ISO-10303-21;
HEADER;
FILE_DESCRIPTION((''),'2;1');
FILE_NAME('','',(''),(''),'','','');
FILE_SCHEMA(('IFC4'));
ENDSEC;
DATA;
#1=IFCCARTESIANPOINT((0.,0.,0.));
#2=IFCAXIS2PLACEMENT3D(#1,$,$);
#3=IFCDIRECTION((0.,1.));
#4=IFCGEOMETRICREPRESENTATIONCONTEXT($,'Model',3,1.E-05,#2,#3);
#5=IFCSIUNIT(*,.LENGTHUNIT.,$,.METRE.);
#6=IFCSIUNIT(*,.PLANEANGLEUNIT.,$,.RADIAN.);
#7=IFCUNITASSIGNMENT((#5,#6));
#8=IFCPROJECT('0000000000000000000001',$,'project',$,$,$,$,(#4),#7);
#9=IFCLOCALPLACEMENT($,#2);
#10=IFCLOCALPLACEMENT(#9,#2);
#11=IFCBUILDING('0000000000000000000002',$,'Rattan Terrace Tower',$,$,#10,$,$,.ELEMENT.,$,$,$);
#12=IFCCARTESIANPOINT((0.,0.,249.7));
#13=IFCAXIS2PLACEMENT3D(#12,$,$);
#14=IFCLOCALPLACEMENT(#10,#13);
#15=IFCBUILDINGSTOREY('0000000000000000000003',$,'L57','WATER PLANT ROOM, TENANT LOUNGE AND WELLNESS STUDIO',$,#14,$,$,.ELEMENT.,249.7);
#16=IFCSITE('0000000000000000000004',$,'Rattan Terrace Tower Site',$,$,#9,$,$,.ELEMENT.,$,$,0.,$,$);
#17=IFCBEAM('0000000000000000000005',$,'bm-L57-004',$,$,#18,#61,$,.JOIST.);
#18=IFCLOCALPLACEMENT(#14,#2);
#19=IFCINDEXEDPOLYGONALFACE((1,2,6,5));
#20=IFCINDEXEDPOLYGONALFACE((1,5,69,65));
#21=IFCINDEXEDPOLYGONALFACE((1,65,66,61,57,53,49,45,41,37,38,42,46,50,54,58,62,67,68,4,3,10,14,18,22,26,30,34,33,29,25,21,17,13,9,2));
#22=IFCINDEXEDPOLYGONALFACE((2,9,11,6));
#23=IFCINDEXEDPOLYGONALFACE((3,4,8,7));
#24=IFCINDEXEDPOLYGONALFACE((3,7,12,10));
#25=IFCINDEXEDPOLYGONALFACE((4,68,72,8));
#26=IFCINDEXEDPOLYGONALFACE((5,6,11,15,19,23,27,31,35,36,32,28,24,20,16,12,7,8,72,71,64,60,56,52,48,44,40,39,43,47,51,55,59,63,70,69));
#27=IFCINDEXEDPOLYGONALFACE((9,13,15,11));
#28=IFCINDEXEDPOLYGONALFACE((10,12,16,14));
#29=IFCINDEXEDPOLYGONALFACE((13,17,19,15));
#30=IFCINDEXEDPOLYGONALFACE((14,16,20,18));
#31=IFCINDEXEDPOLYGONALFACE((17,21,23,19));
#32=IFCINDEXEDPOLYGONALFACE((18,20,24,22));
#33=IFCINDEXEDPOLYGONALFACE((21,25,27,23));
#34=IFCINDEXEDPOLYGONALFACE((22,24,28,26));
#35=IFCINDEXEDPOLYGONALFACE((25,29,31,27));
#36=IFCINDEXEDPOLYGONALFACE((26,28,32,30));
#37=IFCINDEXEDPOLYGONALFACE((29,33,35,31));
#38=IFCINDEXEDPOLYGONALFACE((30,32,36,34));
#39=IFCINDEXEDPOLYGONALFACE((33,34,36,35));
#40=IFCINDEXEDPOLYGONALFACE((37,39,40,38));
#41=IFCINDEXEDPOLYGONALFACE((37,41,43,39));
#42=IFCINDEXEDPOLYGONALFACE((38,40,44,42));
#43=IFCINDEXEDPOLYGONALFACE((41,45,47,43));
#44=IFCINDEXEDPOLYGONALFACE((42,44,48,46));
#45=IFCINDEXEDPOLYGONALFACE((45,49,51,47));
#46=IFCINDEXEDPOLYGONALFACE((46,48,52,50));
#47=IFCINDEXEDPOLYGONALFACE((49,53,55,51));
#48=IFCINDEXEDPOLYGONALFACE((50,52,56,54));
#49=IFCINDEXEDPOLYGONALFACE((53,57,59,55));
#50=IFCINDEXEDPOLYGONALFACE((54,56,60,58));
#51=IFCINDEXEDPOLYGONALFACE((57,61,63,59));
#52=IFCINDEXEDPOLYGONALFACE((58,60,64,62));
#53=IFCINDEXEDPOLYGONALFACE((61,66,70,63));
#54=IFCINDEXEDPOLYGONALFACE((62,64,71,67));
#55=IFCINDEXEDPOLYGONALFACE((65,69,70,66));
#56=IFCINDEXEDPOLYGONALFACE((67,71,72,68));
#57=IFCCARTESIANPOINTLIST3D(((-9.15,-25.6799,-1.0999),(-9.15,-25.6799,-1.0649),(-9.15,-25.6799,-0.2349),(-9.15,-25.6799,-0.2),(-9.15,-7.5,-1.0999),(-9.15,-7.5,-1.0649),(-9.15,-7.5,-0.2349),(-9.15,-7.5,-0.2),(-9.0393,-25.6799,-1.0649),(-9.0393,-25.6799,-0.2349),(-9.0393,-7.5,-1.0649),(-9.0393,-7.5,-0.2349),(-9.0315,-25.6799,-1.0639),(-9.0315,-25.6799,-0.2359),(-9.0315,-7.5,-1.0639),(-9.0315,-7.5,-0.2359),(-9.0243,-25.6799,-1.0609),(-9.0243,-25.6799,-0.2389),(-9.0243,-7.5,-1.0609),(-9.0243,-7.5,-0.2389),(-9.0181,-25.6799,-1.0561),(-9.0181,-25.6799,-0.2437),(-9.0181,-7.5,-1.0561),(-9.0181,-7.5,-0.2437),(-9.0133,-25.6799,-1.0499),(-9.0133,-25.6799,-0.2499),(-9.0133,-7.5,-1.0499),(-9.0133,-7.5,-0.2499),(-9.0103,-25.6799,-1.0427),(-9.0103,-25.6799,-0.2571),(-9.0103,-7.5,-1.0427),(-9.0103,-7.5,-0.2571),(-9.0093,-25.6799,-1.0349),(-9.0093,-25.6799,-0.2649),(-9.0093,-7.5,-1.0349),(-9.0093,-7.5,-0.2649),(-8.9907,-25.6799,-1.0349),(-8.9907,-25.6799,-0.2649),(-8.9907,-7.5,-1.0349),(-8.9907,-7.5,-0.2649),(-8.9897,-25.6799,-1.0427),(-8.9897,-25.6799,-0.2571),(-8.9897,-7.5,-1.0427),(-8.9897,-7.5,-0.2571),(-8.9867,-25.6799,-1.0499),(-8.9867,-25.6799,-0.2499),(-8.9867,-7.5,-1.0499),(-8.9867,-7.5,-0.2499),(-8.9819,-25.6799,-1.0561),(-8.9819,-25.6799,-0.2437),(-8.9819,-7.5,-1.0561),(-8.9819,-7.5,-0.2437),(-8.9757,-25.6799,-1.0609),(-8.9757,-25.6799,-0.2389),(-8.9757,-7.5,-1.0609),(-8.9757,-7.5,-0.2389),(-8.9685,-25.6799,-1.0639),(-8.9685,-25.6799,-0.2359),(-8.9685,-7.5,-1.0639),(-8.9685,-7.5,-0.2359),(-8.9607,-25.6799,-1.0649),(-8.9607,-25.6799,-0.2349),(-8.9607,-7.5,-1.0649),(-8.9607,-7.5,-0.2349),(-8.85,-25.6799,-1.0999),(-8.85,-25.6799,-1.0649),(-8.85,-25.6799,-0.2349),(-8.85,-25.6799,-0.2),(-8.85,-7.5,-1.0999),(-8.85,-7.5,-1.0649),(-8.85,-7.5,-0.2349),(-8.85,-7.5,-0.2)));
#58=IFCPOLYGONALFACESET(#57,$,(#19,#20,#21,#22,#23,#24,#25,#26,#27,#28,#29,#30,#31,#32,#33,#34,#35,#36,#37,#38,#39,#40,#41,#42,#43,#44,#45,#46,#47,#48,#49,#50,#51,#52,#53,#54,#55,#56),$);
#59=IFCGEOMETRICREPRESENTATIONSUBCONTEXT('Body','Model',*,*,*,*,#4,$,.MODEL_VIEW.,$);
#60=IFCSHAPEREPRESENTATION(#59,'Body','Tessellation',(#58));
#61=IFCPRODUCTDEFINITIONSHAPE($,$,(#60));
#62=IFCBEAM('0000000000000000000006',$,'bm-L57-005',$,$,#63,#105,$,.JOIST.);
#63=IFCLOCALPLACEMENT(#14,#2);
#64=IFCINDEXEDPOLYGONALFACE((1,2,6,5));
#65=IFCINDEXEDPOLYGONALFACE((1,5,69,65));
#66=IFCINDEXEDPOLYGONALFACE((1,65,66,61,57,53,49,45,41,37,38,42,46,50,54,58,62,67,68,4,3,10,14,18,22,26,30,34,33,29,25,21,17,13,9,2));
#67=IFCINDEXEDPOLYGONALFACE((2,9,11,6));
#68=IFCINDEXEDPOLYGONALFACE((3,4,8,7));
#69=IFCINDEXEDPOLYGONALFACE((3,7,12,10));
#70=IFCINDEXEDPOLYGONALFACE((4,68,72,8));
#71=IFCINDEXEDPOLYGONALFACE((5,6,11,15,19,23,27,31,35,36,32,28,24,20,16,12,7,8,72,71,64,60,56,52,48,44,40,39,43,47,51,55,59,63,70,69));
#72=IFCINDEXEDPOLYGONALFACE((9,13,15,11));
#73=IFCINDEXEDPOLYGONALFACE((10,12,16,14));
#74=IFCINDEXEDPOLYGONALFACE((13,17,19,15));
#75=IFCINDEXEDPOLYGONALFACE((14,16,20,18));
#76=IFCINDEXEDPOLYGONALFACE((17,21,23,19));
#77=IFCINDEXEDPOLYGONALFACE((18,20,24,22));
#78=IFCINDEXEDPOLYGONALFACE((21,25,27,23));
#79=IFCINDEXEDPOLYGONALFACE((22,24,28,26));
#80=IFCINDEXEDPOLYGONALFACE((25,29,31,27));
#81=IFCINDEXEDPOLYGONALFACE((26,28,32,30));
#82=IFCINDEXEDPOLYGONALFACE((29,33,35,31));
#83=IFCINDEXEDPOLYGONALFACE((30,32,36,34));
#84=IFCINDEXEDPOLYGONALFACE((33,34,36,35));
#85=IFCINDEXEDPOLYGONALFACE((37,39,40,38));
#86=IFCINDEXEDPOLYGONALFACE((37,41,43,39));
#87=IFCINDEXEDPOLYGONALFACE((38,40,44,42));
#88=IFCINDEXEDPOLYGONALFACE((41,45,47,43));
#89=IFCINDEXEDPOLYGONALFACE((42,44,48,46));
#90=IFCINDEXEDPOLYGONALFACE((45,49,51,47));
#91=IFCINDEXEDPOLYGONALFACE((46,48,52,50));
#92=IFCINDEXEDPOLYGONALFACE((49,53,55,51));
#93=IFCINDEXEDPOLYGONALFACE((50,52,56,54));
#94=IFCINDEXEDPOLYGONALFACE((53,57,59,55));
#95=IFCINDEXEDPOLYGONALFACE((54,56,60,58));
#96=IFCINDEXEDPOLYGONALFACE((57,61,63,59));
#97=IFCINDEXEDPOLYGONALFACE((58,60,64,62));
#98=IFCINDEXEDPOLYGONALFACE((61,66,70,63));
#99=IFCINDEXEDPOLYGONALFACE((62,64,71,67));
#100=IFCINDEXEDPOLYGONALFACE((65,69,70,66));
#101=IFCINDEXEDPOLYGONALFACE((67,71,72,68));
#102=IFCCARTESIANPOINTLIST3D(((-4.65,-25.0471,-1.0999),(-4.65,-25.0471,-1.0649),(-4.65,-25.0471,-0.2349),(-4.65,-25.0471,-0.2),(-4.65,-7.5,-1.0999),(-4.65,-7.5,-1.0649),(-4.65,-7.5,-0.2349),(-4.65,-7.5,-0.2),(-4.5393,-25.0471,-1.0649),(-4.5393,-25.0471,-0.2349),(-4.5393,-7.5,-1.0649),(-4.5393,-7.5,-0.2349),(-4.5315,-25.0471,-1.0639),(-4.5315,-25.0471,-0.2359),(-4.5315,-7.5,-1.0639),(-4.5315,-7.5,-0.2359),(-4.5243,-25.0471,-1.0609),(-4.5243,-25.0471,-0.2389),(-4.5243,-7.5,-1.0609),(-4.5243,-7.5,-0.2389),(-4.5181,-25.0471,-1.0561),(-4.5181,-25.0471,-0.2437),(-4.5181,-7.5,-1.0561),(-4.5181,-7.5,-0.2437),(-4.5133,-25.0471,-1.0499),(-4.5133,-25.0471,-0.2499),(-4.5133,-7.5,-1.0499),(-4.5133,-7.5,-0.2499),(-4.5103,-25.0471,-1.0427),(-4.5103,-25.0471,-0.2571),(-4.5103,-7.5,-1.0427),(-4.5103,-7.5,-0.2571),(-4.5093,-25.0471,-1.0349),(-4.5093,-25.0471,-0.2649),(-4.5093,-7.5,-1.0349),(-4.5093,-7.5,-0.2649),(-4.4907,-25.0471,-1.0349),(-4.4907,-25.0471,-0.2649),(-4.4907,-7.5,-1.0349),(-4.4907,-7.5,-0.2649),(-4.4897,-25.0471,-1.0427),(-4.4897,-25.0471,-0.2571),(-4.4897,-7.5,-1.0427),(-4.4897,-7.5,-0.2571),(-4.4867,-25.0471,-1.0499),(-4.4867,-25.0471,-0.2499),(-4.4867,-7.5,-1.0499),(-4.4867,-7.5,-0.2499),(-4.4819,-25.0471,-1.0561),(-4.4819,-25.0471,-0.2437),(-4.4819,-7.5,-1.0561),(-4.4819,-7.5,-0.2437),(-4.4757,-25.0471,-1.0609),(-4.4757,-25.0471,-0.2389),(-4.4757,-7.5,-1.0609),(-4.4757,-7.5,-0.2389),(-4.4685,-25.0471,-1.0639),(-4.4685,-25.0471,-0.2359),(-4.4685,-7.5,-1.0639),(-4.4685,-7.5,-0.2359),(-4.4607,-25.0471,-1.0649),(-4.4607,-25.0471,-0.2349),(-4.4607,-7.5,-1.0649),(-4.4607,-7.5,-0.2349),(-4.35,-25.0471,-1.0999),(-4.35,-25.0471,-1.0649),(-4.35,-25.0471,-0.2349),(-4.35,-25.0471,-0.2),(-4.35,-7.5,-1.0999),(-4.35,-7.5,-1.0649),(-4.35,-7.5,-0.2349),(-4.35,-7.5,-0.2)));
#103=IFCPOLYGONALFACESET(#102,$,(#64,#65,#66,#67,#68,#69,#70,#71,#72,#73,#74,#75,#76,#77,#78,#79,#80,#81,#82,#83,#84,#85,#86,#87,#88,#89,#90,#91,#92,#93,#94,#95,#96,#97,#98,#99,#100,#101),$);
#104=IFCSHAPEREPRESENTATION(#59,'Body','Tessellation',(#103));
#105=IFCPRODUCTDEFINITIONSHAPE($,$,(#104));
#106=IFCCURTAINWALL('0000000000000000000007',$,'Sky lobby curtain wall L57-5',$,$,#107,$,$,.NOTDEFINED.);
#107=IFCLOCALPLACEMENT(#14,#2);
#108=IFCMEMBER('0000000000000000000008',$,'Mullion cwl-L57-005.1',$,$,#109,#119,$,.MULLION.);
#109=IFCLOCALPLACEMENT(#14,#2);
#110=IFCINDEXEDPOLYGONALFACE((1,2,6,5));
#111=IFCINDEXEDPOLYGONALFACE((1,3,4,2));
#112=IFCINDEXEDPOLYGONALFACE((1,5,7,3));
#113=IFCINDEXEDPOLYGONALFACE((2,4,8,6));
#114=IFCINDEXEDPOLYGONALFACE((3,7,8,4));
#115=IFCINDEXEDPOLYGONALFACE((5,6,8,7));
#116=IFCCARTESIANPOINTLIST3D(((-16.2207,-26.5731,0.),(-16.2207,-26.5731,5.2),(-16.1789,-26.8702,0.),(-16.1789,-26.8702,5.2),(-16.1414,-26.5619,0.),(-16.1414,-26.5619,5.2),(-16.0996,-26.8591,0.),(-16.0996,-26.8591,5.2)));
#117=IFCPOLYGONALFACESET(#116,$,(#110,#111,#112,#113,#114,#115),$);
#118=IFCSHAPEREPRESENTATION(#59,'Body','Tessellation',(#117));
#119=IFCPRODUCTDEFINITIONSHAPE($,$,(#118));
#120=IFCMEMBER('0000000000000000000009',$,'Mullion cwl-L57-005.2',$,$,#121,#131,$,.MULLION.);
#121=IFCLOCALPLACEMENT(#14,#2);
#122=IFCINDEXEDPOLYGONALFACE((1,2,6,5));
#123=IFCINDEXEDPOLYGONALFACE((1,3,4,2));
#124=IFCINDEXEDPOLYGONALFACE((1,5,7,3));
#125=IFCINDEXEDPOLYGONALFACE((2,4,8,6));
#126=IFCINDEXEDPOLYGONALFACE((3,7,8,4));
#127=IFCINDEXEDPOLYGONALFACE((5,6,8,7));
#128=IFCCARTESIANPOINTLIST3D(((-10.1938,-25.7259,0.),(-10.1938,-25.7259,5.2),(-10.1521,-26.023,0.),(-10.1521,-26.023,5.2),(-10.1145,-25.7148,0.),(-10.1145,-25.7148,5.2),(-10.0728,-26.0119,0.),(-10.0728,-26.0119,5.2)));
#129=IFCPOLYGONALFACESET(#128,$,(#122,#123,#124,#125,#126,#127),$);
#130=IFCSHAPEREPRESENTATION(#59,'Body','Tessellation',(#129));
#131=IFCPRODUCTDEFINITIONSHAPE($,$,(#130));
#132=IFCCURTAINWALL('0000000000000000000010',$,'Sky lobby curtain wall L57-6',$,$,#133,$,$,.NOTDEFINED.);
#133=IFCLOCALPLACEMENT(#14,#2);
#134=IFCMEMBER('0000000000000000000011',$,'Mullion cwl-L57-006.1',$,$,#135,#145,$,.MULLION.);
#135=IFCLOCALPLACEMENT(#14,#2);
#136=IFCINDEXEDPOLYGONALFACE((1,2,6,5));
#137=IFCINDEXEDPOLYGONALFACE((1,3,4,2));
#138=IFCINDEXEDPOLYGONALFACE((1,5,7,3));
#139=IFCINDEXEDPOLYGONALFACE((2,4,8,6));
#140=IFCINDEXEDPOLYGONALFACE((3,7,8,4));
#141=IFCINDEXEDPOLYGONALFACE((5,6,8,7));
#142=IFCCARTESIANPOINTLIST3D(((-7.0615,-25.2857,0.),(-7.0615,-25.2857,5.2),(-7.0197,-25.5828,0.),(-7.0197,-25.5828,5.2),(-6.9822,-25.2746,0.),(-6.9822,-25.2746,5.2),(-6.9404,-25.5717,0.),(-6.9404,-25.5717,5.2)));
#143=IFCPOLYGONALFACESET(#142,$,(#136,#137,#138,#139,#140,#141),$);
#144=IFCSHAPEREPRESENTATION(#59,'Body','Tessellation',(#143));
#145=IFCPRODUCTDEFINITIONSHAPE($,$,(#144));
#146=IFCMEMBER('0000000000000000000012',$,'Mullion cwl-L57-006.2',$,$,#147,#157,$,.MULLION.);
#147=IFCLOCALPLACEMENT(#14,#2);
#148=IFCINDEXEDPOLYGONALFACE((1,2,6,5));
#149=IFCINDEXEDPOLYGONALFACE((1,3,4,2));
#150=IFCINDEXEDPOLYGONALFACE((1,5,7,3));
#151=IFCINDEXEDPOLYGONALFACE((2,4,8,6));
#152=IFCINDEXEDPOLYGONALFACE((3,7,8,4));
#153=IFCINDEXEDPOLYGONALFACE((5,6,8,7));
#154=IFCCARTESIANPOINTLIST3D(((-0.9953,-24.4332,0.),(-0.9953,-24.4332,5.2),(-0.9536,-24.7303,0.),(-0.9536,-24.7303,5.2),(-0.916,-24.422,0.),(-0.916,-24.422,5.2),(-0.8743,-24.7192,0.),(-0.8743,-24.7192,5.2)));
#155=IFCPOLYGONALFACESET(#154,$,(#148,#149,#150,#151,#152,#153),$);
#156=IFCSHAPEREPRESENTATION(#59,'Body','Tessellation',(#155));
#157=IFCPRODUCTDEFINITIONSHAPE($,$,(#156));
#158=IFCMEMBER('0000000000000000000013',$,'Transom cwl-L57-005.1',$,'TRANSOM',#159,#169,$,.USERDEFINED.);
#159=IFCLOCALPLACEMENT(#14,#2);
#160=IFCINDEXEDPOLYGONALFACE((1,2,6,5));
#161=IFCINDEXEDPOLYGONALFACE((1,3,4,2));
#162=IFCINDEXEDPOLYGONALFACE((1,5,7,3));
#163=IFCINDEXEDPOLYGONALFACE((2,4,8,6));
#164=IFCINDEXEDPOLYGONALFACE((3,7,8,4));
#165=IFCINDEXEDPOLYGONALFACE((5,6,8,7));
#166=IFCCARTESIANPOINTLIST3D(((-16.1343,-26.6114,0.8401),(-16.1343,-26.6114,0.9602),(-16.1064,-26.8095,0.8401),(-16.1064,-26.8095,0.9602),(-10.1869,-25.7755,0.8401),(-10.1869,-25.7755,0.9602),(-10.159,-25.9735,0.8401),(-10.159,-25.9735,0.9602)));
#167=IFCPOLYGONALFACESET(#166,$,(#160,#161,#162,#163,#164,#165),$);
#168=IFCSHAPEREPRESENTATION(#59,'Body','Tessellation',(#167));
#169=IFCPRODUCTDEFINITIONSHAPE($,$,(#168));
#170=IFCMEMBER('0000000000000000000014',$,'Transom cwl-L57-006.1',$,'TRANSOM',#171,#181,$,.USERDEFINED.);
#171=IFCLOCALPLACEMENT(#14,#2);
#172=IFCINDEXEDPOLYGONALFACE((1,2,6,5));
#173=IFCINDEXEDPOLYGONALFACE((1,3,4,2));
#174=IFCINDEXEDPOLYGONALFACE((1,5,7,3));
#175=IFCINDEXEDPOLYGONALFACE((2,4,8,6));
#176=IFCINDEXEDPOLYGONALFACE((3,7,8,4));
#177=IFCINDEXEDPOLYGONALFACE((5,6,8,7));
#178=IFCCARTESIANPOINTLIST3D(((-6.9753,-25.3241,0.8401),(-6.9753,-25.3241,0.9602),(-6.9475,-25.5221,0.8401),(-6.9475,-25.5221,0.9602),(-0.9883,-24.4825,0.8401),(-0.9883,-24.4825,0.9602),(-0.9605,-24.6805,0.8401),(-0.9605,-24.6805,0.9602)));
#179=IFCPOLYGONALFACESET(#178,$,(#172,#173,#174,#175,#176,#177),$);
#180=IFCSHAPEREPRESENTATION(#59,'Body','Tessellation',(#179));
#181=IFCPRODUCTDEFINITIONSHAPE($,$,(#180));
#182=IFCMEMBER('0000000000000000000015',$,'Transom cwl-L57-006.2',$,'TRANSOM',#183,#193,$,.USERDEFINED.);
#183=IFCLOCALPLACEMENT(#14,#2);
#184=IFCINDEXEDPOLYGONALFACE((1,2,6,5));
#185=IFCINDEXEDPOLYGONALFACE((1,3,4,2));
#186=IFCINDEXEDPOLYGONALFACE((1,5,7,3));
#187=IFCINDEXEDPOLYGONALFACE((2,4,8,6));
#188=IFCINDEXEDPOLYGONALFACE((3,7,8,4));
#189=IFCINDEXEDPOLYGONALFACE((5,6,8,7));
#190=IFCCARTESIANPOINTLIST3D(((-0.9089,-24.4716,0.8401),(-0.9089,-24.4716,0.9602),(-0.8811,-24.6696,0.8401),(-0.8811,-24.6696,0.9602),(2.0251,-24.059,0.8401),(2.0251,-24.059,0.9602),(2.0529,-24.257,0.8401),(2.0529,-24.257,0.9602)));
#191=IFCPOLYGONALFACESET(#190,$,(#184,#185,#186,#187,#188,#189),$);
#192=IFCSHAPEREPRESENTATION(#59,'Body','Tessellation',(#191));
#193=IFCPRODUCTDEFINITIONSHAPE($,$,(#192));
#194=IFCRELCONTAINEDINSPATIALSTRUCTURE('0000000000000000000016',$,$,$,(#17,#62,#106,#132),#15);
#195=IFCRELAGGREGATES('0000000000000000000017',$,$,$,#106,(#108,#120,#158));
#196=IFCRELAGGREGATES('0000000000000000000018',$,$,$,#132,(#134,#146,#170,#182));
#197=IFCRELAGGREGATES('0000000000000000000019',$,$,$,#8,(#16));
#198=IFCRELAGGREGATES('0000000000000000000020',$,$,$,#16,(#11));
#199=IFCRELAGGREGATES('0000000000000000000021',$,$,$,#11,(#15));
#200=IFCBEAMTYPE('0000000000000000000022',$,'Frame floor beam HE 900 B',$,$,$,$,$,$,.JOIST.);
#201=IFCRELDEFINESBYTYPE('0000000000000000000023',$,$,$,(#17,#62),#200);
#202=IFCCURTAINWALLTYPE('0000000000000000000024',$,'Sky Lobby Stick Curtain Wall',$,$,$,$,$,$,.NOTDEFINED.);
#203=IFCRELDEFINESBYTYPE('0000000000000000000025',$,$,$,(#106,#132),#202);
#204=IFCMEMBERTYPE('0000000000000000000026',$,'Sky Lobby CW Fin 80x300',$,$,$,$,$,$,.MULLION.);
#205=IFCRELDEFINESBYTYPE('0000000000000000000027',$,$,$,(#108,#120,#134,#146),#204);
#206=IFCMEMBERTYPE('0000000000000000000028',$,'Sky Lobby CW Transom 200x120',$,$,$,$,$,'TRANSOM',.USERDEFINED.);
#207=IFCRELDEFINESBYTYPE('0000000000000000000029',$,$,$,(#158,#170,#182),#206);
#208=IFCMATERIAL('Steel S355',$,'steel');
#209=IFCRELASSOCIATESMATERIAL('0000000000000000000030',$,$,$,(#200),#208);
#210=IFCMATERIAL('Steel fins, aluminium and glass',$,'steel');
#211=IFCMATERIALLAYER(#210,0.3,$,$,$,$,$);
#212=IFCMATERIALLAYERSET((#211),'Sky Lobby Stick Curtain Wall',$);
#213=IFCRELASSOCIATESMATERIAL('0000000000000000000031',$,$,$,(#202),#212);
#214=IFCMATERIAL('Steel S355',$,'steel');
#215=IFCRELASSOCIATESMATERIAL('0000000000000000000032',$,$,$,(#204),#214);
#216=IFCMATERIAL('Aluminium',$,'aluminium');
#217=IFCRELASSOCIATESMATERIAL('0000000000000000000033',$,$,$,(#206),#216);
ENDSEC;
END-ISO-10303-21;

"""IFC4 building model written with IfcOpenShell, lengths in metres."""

from ifc_helpers import new_model, si_unit, direction, frame, origin, origin_2d, place, context, subcontext, project, spatial, rectangle, i_section, extrude, material, layer, layer_set, material_profile, profile_set, type_object, element, aggregate, save


model = new_model("IFC4")

# Units and contexts
model_context = context("Model", 3, precision=1e-05, world=origin(), true_north=direction((0.0, 1.0)))
body_context = subcontext(model_context, "Body", "Model", "MODEL_VIEW")
ifc_project = project(units=[si_unit("LENGTHUNIT", "METRE"), si_unit("PLANEANGLEUNIT", "RADIAN")], contexts=[model_context])

# Site, building, storey
site_placement = place(None, origin())
site = spatial("IfcSite", under=ifc_project, at=site_placement, Name="Rattan Terrace Tower Site", CompositionType="ELEMENT", RefElevation=0.0)
building_placement = place(site_placement, origin())
building = spatial("IfcBuilding", under=site, at=building_placement, Name="Rattan Terrace Tower", CompositionType="ELEMENT")
storey_placement = place(building_placement, frame((0.0, 0.0, 249.7)))
storey = spatial("IfcBuildingStorey", under=building, at=storey_placement, Name="L57", Description="WATER PLANT ROOM, TENANT LOUNGE AND WELLNESS STUDIO", CompositionType="ELEMENT", Elevation=249.7)

# Beams
ifc_material_1 = material(Name="Steel S355", Category="steel")
ifc_material_profile_1 = material_profile(ifc_material_1, i_section(OverallWidth=0.3, OverallDepth=0.8999, WebThickness=0.0186, FlangeThickness=0.0349, FilletRadius=0.03, at=origin_2d()), Name="HE 900 B")
ifc_profile_set_1 = profile_set([ifc_material_profile_1], Name="Steel S355")
beam_type_1 = type_object("IfcBeamType", Name="Frame floor beam HE 900 B", PredefinedType="JOIST", material=ifc_profile_set_1)
beam_1_placement = place(storey_placement, frame((-9.0, -25.6799, -0.6499), z_axis=(0.0, 1.0, 0.0), x_axis=(-1.0, 0.0, 0.0)))
element("IfcBeam", 1, at=beam_1_placement, inside=storey, type_object=beam_type_1, Name="bm-L57-004", PredefinedType="JOIST", context=body_context, shape_type="SweptSolid", body=[
    extrude(i_section(OverallWidth=0.3, OverallDepth=0.8999, WebThickness=0.0186, FlangeThickness=0.0349, FilletRadius=0.03, at=origin_2d()), origin(), (0.0, 0.0, 1.0), 18.1799),
])
beam_2_placement = place(storey_placement, frame((-4.5, -25.0471, -0.6499), z_axis=(0.0, 1.0, 0.0), x_axis=(-1.0, 0.0, 0.0)))
element("IfcBeam", 2, at=beam_2_placement, inside=storey, type_object=beam_type_1, Name="bm-L57-005", PredefinedType="JOIST", context=body_context, shape_type="SweptSolid", body=[
    extrude(i_section(OverallWidth=0.3, OverallDepth=0.8999, WebThickness=0.0186, FlangeThickness=0.0349, FilletRadius=0.03, at=origin_2d()), origin(), (0.0, 0.0, 1.0), 17.5471),
])

# Curtain walls, members
ifc_material_2 = material(Name="Steel fins, aluminium and glass", Category="steel")
ifc_layer_1 = layer(ifc_material_2, 0.3)
ifc_layer_set_1 = layer_set([ifc_layer_1], Name="Sky Lobby Stick Curtain Wall")
curtain_wall_type = type_object("IfcCurtainWallType", Name="Sky Lobby Stick Curtain Wall", PredefinedType="NOTDEFINED", material=ifc_layer_set_1)
curtain_wall_1_placement = place(storey_placement, origin())
curtain_wall_1 = element("IfcCurtainWall", 3, at=curtain_wall_1_placement, inside=storey, type_object=curtain_wall_type, Name="Sky lobby curtain wall L57-5", PredefinedType="NOTDEFINED")
ifc_material_3 = material(Name="Steel S355", Category="steel")
ifc_material_profile_2 = material_profile(ifc_material_3, rectangle(XDim=0.0801, YDim=0.3, at=origin_2d()), Name="Steel S355 80x300")
ifc_profile_set_2 = profile_set([ifc_material_profile_2], Name="Steel S355")
member_type_1 = type_object("IfcMemberType", Name="Sky Lobby CW Fin 80x300", PredefinedType="MULLION", material=ifc_profile_set_2)
member_1_placement = place(storey_placement, frame((-16.1602, -26.7161, 0.0), z_axis=(0.0, 0.0, 1.0), x_axis=(0.990266, 0.139189, 0.0)))
member_1 = element("IfcMember", 4, at=member_1_placement, type_object=member_type_1, Name="Mullion cwl-L57-005.1", PredefinedType="MULLION", context=body_context, shape_type="SweptSolid", body=[
    extrude(rectangle(XDim=0.0801, YDim=0.3, at=origin_2d()), origin(), (0.0, 0.0, 1.0), 5.2),
])
member_2_placement = place(storey_placement, frame((-10.1333, -25.8689, 0.0), z_axis=(0.0, 0.0, 1.0), x_axis=(0.990266, 0.139189, 0.0)))
member_2 = element("IfcMember", 5, at=member_2_placement, type_object=member_type_1, Name="Mullion cwl-L57-005.2", PredefinedType="MULLION", context=body_context, shape_type="SweptSolid", body=[
    extrude(rectangle(XDim=0.0801, YDim=0.3, at=origin_2d()), origin(), (0.0, 0.0, 1.0), 5.2),
])
curtain_wall_2_placement = place(storey_placement, origin())
curtain_wall_2 = element("IfcCurtainWall", 6, at=curtain_wall_2_placement, inside=storey, type_object=curtain_wall_type, Name="Sky lobby curtain wall L57-6", PredefinedType="NOTDEFINED")
member_3_placement = place(storey_placement, frame((-7.001, -25.4287, 0.0), z_axis=(0.0, 0.0, 1.0), x_axis=(0.990266, 0.139189, 0.0)))
member_3 = element("IfcMember", 7, at=member_3_placement, type_object=member_type_1, Name="Mullion cwl-L57-006.1", PredefinedType="MULLION", context=body_context, shape_type="SweptSolid", body=[
    extrude(rectangle(XDim=0.0801, YDim=0.3, at=origin_2d()), origin(), (0.0, 0.0, 1.0), 5.2),
])
member_4_placement = place(storey_placement, frame((-0.9348, -24.5762, 0.0), z_axis=(0.0, 0.0, 1.0), x_axis=(0.990266, 0.139189, 0.0)))
member_4 = element("IfcMember", 8, at=member_4_placement, type_object=member_type_1, Name="Mullion cwl-L57-006.2", PredefinedType="MULLION", context=body_context, shape_type="SweptSolid", body=[
    extrude(rectangle(XDim=0.0801, YDim=0.3, at=origin_2d()), origin(), (0.0, 0.0, 1.0), 5.2),
])

# Members
ifc_material_4 = material(Name="Aluminium", Category="aluminium")
ifc_material_profile_3 = material_profile(ifc_material_4, rectangle(XDim=0.2, YDim=0.1201, at=origin_2d()), Name="Aluminium 200x120")
ifc_profile_set_3 = profile_set([ifc_material_profile_3], Name="Aluminium")
member_type_2 = type_object("IfcMemberType", Name="Sky Lobby CW Transom 200x120", ElementType="TRANSOM", PredefinedType="USERDEFINED", material=ifc_profile_set_3)
member_5_placement = place(storey_placement, frame((-16.1204, -26.7104, 0.9001), z_axis=(0.990266, 0.139184, 0.0), x_axis=(-0.139184, 0.990266, 0.0)))
member_5 = element("IfcMember", 9, at=member_5_placement, type_object=member_type_2, Name="Transom cwl-L57-005.1", ObjectType="TRANSOM", PredefinedType="USERDEFINED", context=body_context, shape_type="SweptSolid", body=[
    extrude(rectangle(XDim=0.2, YDim=0.1201, at=origin_2d()), origin(), (0.0, 0.0, 1.0), 6.0059),
])
member_6_placement = place(storey_placement, frame((-6.9614, -25.4231, 0.9001), z_axis=(0.990265, 0.139194, 0.0), x_axis=(-0.139194, 0.990265, 0.0)))
member_6 = element("IfcMember", 10, at=member_6_placement, type_object=member_type_2, Name="Transom cwl-L57-006.1", ObjectType="TRANSOM", PredefinedType="USERDEFINED", context=body_context, shape_type="SweptSolid", body=[
    extrude(rectangle(XDim=0.2, YDim=0.1201, at=origin_2d()), origin(), (0.0, 0.0, 1.0), 6.0459),
])
member_7_placement = place(storey_placement, frame((-0.895, -24.5706, 0.9001), z_axis=(0.990257, 0.139252, 0.0), x_axis=(-0.139252, 0.990257, 0.0)))
member_7 = element("IfcMember", 11, at=member_7_placement, type_object=member_type_2, Name="Transom cwl-L57-006.2", ObjectType="TRANSOM", PredefinedType="USERDEFINED", context=body_context, shape_type="SweptSolid", body=[
    extrude(rectangle(XDim=0.2, YDim=0.1201, at=origin_2d()), origin(), (0.0, 0.0, 1.0), 2.9629),
])

aggregate(curtain_wall_1, [member_1, member_2, member_5])
aggregate(curtain_wall_2, [member_3, member_4, member_6, member_7])

save(model, "model.ifc")
